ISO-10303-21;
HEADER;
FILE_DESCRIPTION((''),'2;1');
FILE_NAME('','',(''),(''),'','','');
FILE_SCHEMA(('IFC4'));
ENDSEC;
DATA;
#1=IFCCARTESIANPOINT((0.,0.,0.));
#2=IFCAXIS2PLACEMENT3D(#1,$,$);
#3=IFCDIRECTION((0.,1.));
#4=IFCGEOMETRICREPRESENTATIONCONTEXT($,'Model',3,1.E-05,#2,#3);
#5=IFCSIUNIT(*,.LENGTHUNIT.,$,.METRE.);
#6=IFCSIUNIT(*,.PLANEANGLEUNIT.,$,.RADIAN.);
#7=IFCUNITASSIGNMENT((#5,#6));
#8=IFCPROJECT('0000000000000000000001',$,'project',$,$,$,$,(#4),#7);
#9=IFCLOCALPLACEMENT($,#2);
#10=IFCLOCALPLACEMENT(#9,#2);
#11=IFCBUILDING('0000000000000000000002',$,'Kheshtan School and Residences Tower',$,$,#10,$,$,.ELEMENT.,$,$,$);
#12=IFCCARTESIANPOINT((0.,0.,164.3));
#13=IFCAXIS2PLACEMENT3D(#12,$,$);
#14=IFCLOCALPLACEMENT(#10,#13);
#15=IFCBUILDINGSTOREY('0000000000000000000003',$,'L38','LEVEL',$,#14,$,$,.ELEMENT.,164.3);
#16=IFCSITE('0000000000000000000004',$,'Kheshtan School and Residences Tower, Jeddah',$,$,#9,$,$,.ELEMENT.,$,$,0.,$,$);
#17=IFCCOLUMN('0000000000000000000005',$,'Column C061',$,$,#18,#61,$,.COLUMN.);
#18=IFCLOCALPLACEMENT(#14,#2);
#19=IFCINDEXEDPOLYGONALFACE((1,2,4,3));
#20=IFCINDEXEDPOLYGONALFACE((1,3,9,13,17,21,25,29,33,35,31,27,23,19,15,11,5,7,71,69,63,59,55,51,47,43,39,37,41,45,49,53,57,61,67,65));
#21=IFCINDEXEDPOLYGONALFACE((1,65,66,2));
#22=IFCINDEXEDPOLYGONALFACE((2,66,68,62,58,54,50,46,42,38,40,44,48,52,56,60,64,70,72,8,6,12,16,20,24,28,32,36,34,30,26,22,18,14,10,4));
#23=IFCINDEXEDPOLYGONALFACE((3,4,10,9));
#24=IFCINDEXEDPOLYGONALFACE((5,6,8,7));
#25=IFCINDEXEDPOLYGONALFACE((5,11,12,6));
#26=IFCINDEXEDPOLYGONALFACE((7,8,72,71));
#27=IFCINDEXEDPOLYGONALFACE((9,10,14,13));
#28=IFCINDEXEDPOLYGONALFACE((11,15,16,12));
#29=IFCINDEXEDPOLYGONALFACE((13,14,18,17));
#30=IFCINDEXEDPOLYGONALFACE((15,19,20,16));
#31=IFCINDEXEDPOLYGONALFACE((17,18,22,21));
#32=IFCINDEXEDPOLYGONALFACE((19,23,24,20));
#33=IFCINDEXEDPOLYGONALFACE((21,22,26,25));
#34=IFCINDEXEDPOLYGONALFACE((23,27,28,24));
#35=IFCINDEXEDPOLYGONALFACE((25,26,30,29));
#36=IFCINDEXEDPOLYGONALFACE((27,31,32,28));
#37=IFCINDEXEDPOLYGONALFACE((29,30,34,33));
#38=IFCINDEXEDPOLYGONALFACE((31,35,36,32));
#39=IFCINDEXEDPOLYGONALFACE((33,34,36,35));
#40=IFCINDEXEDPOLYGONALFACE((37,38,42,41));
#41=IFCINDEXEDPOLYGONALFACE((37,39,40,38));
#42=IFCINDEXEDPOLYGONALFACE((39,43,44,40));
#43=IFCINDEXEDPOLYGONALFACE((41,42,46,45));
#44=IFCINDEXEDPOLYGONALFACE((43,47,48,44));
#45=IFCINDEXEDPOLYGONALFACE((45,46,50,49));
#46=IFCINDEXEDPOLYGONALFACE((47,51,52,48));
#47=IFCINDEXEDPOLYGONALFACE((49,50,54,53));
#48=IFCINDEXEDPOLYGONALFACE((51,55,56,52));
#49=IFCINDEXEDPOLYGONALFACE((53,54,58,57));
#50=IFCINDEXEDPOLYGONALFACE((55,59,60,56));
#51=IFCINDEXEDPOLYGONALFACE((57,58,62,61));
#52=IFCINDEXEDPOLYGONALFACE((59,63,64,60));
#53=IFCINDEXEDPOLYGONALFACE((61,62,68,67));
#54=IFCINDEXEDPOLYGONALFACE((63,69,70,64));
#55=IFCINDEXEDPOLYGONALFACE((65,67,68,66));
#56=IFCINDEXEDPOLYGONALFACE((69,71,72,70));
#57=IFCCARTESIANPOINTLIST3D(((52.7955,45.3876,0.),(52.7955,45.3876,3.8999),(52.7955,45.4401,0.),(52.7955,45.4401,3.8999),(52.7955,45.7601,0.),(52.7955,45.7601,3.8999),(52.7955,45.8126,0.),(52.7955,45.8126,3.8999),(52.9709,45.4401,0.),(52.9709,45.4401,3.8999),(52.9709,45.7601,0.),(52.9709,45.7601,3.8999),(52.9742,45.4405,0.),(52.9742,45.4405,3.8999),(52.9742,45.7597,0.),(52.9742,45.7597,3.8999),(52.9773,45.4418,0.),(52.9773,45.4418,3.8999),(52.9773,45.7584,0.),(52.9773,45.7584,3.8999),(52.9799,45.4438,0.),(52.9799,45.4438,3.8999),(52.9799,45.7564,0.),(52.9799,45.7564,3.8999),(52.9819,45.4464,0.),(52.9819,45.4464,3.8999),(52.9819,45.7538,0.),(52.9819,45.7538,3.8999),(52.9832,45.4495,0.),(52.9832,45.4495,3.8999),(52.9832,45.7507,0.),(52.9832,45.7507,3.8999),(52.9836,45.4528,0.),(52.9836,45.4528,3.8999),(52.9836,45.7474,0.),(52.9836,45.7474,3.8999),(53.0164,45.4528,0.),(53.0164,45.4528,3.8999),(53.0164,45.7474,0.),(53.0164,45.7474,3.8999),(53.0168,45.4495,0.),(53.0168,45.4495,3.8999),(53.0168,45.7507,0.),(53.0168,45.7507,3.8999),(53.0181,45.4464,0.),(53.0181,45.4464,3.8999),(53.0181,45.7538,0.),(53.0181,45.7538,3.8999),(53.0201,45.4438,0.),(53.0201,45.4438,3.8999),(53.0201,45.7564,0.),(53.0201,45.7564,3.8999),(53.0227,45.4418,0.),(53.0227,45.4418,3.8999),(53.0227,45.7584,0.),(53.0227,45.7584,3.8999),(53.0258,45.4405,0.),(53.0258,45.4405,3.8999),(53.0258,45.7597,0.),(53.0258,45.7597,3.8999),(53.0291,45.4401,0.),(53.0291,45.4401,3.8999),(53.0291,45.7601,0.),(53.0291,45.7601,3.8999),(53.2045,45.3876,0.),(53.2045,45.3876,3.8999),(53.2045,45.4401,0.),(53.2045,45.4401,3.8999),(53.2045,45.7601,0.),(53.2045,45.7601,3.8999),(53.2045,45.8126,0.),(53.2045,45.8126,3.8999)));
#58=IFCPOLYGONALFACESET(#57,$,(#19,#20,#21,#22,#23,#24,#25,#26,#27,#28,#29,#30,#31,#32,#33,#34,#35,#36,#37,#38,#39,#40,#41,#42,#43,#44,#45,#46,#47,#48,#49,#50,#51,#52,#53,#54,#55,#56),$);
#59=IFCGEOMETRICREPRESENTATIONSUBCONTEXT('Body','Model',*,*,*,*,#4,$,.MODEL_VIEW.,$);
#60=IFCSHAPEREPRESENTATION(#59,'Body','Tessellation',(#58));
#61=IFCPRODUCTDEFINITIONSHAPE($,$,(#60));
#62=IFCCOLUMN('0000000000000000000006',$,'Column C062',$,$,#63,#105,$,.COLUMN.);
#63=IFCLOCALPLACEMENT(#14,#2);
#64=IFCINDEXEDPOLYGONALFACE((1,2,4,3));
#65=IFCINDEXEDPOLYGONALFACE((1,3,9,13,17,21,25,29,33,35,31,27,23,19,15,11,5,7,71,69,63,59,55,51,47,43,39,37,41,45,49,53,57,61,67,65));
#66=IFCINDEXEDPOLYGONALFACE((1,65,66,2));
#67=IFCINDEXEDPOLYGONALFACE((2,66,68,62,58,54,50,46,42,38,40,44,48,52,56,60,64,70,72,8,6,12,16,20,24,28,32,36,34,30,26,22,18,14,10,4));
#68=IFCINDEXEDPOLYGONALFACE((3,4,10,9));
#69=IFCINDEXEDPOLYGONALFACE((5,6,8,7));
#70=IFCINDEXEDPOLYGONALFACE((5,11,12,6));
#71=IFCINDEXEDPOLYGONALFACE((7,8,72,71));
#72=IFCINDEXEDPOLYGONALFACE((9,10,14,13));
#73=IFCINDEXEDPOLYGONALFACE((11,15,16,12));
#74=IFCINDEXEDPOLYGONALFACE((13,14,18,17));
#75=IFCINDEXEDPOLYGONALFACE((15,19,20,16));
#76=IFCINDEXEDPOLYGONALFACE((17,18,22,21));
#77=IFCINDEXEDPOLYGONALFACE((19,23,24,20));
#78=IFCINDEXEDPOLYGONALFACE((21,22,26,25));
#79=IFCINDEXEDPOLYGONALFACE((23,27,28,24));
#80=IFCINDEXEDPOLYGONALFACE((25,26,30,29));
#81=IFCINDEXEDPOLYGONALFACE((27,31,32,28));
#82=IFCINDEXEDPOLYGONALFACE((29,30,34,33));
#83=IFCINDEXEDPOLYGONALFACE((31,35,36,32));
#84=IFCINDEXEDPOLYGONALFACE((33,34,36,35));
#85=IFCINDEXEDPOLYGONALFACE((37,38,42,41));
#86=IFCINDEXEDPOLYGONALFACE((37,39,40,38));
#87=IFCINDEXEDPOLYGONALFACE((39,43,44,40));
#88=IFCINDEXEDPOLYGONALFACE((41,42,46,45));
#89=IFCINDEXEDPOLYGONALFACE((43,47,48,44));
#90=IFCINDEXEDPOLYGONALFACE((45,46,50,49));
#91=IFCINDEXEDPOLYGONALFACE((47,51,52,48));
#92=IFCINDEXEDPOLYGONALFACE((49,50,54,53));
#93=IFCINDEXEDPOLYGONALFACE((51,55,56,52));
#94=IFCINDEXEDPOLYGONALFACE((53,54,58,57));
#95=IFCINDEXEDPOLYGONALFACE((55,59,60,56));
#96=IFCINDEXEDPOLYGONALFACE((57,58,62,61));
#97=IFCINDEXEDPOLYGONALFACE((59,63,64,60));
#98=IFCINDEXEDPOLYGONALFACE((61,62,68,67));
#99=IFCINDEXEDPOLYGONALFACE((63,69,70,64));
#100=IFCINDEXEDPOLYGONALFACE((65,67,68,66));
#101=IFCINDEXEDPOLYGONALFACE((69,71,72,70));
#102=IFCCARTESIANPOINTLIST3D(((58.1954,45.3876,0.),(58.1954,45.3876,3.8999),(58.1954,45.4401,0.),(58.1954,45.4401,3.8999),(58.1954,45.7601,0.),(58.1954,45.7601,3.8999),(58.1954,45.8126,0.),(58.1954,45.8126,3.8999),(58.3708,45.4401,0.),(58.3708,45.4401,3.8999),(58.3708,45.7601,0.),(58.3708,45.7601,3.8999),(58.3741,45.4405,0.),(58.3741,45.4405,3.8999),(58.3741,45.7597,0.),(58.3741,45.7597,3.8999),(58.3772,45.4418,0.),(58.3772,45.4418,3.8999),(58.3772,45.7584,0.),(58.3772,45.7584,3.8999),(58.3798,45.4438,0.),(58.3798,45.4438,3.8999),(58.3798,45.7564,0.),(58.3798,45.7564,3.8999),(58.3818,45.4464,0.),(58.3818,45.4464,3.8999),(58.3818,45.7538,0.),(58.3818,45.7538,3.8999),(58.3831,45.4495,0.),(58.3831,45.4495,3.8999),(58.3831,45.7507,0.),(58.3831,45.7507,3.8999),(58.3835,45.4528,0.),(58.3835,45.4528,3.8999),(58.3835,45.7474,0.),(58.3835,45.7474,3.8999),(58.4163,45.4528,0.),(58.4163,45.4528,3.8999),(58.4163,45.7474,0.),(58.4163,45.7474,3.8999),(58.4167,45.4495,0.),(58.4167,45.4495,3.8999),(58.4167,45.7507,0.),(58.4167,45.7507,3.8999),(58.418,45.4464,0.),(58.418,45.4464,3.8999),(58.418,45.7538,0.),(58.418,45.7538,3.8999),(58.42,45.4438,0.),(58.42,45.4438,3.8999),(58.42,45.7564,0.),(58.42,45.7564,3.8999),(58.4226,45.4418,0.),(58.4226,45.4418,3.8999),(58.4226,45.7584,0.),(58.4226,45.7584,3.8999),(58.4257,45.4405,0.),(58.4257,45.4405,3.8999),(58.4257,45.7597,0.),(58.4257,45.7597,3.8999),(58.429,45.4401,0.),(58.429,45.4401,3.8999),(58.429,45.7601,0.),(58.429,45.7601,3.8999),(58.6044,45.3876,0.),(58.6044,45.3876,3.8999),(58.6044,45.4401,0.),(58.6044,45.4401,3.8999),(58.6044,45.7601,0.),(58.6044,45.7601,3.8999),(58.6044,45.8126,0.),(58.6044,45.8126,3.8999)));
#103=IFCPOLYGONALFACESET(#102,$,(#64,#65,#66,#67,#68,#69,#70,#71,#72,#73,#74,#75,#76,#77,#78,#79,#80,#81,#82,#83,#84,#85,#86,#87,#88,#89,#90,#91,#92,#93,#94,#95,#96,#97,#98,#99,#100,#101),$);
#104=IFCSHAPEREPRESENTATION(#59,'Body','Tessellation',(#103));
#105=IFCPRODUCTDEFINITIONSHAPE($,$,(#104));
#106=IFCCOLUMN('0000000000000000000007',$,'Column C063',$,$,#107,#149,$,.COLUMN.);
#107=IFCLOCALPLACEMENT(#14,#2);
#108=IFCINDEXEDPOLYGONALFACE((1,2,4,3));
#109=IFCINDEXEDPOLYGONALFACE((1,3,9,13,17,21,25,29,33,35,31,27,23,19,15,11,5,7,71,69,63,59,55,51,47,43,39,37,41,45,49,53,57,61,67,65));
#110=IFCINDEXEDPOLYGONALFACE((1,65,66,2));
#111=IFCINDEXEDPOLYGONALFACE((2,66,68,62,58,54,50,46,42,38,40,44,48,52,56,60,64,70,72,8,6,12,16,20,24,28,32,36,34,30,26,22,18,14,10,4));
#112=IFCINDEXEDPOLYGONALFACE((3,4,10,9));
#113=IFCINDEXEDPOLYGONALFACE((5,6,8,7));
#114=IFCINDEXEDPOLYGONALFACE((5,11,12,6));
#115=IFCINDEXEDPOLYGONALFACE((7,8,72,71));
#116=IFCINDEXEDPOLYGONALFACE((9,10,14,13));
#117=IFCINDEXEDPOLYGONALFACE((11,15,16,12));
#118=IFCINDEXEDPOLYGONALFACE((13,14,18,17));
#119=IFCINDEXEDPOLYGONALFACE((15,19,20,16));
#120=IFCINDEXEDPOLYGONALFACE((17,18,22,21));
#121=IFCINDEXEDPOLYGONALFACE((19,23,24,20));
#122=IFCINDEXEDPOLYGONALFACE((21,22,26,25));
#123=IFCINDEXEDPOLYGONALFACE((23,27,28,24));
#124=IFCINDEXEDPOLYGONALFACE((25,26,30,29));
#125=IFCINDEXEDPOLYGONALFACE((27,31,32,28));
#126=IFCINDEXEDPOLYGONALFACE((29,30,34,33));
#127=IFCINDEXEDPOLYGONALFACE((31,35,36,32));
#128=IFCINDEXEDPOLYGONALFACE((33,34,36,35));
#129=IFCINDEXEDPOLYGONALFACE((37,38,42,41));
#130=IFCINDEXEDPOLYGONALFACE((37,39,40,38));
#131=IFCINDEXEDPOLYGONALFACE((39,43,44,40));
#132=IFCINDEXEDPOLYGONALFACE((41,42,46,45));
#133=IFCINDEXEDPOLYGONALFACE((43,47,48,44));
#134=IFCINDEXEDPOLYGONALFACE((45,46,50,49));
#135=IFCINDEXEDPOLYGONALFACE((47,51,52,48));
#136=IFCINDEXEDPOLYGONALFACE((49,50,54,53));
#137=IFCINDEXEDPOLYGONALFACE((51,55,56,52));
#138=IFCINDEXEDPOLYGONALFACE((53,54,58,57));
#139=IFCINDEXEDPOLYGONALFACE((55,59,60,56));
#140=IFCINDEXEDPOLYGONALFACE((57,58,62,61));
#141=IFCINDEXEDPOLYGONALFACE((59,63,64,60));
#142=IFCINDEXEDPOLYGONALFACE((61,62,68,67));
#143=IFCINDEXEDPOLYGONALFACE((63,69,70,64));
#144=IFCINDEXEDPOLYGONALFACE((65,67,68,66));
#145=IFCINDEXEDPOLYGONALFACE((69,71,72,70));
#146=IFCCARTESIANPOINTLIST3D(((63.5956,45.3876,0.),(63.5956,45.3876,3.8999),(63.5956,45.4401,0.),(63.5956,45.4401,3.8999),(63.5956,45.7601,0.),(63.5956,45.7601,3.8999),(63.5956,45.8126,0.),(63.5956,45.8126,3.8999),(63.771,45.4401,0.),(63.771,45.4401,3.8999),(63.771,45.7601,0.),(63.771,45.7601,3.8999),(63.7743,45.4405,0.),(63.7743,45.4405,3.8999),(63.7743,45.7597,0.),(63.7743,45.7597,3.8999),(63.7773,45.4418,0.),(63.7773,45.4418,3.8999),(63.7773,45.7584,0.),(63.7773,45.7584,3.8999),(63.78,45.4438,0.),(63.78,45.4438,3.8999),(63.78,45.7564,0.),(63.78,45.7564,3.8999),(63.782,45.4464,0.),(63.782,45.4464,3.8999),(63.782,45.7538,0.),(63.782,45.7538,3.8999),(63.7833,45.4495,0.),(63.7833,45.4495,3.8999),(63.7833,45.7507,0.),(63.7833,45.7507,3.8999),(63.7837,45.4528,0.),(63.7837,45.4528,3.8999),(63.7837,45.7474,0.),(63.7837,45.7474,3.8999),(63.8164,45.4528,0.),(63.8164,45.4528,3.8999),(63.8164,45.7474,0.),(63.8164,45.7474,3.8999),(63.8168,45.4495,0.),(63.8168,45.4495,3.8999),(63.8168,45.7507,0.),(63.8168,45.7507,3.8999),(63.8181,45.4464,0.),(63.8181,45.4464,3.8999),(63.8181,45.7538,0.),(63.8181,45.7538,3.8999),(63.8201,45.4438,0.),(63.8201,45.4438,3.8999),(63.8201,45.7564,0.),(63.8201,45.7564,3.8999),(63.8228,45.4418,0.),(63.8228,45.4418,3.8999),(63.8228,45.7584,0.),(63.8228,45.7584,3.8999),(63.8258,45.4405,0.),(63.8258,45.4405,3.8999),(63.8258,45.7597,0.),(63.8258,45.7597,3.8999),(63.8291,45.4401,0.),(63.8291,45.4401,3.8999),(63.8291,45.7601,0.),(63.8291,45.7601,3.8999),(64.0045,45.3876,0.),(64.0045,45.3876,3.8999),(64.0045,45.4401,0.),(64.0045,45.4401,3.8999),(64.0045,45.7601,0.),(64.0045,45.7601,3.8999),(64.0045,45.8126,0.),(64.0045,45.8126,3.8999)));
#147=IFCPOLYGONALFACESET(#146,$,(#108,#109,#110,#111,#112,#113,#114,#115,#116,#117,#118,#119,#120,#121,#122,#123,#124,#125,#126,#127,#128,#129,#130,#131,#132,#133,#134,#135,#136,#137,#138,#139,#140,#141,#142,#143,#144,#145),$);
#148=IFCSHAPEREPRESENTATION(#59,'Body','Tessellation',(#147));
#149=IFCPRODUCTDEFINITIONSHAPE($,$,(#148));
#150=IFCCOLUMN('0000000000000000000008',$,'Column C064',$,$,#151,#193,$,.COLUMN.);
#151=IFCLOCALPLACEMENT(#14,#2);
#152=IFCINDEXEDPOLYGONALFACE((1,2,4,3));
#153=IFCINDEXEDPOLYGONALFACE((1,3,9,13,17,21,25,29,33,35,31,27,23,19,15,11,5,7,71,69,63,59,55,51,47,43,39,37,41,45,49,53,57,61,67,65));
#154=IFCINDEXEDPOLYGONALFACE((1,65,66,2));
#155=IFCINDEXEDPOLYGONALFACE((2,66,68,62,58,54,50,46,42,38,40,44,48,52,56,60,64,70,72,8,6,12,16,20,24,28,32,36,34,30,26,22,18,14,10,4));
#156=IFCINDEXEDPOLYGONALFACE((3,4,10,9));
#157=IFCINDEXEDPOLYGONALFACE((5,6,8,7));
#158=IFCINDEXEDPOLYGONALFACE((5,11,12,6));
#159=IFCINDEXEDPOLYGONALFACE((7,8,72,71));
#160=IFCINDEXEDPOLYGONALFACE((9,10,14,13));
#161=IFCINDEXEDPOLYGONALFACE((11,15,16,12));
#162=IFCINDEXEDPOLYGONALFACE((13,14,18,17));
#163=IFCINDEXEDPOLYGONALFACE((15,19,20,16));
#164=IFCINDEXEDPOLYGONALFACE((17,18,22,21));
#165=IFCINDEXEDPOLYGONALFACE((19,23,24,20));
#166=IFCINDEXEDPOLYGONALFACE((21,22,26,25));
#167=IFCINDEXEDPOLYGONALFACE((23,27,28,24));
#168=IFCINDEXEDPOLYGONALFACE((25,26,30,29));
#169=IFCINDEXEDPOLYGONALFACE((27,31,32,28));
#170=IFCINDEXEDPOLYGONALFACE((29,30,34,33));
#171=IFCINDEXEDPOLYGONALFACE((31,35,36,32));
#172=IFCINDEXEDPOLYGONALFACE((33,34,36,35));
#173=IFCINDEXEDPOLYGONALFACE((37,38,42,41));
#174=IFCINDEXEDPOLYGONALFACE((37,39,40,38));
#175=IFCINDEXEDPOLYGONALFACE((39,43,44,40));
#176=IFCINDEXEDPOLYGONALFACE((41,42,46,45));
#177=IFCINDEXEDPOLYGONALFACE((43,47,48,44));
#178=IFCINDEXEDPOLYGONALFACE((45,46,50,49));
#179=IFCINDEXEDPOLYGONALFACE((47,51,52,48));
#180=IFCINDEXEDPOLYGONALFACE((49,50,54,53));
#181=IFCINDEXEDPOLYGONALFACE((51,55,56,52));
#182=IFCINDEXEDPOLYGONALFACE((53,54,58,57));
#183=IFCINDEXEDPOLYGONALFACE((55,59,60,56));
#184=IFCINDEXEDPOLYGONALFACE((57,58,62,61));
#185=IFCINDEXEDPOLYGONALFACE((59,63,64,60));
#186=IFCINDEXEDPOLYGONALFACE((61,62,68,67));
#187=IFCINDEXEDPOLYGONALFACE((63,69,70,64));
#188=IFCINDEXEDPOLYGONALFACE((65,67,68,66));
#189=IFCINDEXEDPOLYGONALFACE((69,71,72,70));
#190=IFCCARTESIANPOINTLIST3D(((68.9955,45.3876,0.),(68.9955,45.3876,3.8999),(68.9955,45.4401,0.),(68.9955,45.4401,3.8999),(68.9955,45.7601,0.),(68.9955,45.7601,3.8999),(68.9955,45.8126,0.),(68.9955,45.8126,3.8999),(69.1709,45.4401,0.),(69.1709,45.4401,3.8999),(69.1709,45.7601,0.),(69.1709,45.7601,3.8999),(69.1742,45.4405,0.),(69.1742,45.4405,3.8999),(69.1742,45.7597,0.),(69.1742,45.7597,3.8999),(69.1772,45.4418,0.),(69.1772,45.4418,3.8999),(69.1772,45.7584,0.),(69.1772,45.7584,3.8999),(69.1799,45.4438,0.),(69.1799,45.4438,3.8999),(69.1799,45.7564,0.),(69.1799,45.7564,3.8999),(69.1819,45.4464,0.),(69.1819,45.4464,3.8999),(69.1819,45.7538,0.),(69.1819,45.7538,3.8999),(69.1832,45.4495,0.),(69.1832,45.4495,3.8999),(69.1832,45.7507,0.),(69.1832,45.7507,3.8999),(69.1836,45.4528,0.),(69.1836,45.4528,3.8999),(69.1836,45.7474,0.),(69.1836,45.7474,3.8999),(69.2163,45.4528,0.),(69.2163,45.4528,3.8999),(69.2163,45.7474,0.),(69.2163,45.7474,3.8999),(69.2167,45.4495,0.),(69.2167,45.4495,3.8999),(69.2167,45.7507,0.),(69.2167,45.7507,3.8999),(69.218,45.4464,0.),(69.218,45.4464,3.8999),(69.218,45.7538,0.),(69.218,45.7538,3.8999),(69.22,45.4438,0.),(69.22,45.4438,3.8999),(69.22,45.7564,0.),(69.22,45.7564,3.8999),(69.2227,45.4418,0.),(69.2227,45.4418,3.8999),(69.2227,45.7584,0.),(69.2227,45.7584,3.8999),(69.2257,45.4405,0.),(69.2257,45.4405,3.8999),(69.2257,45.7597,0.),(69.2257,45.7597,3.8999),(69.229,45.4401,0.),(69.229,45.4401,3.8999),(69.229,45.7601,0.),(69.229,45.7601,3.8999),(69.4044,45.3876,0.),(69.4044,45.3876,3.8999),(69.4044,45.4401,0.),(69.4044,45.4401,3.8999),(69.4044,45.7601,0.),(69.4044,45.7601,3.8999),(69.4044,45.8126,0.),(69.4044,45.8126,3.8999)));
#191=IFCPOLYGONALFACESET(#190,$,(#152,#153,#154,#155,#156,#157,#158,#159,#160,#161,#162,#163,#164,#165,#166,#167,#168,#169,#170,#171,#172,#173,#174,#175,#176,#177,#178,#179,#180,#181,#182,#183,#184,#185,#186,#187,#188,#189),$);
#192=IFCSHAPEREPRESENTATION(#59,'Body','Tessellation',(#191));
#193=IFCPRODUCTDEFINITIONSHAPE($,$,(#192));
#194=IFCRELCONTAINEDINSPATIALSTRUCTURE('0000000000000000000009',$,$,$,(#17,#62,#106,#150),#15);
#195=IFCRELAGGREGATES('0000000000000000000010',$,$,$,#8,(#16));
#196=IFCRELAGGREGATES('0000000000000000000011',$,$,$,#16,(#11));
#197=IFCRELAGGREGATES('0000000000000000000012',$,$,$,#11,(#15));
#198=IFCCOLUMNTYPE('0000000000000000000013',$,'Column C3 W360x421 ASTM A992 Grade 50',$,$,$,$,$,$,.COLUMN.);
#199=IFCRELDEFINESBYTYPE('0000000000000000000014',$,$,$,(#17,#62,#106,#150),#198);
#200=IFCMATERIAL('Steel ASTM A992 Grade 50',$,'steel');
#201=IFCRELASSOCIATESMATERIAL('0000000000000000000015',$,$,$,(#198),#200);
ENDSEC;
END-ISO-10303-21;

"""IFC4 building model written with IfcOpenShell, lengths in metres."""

from ifc_helpers import new_model, si_unit, direction, frame, origin, origin_2d, place, context, subcontext, project, spatial, i_section, extrude, material, material_profile, profile_set, type_object, element, save


model = new_model("IFC4")

# Units and contexts
model_context = context("Model", 3, precision=1e-05, world=origin(), true_north=direction((0.0, 1.0)))
body_context = subcontext(model_context, "Body", "Model", "MODEL_VIEW")
ifc_project = project(units=[si_unit("LENGTHUNIT", "METRE"), si_unit("PLANEANGLEUNIT", "RADIAN")], contexts=[model_context])

# Site, building, storey
site_placement = place(None, origin())
site = spatial("IfcSite", under=ifc_project, at=site_placement, Name="Kheshtan School and Residences Tower, Jeddah", CompositionType="ELEMENT", RefElevation=0.0)
building_placement = place(site_placement, origin())
building = spatial("IfcBuilding", under=site, at=building_placement, Name="Kheshtan School and Residences Tower", CompositionType="ELEMENT")
storey_placement = place(building_placement, frame((0.0, 0.0, 164.3)))
storey = spatial("IfcBuildingStorey", under=building, at=storey_placement, Name="L38", Description="LEVEL", CompositionType="ELEMENT", Elevation=164.3)

# Columns
ifc_material_1 = material(Name="Steel ASTM A992 Grade 50", Category="steel")
ifc_material_profile_1 = material_profile(ifc_material_1, i_section(OverallWidth=0.4089, OverallDepth=0.425, WebThickness=0.0327, FlangeThickness=0.0525, FilletRadius=0.0127, at=origin_2d()), Name="W360x421")
ifc_profile_set_1 = profile_set([ifc_material_profile_1], Name="Steel ASTM A992 Grade 50")
column_type_1 = type_object("IfcColumnType", Name="Column C3 W360x421 ASTM A992 Grade 50", PredefinedType="COLUMN", material=ifc_profile_set_1)
for number, where, z_axis, x_axis, name in (
    (1, (53.0, 45.6001, 0.0), (0.0, 0.0, 1.0), (1.0, 0.0, 0.0), "Column C061"),
    (2, (58.3999, 45.6001, 0.0), (0.0, 0.0, 1.0), (1.0, 0.0, 0.0), "Column C062"),
    (3, (63.8, 45.6001, 0.0), (0.0, 0.0, 1.0), (1.0, 0.0, 0.0), "Column C063"),
    (4, (69.2, 45.6001, 0.0), (0.0, 0.0, 1.0), (1.0, 0.0, 0.0), "Column C064"),
):
    element("IfcColumn", number, at=place(storey_placement, frame(where, z_axis=z_axis, x_axis=x_axis)), inside=storey, type_object=column_type_1, Name=name, PredefinedType="COLUMN", context=body_context, shape_type="SweptSolid", body=[
        extrude(i_section(OverallWidth=0.4089, OverallDepth=0.425, WebThickness=0.0327, FlangeThickness=0.0525, FilletRadius=0.0127, at=origin_2d()), origin(), (0.0, 0.0, 1.0), 3.8999),
    ])

save(model, "model.ifc")
